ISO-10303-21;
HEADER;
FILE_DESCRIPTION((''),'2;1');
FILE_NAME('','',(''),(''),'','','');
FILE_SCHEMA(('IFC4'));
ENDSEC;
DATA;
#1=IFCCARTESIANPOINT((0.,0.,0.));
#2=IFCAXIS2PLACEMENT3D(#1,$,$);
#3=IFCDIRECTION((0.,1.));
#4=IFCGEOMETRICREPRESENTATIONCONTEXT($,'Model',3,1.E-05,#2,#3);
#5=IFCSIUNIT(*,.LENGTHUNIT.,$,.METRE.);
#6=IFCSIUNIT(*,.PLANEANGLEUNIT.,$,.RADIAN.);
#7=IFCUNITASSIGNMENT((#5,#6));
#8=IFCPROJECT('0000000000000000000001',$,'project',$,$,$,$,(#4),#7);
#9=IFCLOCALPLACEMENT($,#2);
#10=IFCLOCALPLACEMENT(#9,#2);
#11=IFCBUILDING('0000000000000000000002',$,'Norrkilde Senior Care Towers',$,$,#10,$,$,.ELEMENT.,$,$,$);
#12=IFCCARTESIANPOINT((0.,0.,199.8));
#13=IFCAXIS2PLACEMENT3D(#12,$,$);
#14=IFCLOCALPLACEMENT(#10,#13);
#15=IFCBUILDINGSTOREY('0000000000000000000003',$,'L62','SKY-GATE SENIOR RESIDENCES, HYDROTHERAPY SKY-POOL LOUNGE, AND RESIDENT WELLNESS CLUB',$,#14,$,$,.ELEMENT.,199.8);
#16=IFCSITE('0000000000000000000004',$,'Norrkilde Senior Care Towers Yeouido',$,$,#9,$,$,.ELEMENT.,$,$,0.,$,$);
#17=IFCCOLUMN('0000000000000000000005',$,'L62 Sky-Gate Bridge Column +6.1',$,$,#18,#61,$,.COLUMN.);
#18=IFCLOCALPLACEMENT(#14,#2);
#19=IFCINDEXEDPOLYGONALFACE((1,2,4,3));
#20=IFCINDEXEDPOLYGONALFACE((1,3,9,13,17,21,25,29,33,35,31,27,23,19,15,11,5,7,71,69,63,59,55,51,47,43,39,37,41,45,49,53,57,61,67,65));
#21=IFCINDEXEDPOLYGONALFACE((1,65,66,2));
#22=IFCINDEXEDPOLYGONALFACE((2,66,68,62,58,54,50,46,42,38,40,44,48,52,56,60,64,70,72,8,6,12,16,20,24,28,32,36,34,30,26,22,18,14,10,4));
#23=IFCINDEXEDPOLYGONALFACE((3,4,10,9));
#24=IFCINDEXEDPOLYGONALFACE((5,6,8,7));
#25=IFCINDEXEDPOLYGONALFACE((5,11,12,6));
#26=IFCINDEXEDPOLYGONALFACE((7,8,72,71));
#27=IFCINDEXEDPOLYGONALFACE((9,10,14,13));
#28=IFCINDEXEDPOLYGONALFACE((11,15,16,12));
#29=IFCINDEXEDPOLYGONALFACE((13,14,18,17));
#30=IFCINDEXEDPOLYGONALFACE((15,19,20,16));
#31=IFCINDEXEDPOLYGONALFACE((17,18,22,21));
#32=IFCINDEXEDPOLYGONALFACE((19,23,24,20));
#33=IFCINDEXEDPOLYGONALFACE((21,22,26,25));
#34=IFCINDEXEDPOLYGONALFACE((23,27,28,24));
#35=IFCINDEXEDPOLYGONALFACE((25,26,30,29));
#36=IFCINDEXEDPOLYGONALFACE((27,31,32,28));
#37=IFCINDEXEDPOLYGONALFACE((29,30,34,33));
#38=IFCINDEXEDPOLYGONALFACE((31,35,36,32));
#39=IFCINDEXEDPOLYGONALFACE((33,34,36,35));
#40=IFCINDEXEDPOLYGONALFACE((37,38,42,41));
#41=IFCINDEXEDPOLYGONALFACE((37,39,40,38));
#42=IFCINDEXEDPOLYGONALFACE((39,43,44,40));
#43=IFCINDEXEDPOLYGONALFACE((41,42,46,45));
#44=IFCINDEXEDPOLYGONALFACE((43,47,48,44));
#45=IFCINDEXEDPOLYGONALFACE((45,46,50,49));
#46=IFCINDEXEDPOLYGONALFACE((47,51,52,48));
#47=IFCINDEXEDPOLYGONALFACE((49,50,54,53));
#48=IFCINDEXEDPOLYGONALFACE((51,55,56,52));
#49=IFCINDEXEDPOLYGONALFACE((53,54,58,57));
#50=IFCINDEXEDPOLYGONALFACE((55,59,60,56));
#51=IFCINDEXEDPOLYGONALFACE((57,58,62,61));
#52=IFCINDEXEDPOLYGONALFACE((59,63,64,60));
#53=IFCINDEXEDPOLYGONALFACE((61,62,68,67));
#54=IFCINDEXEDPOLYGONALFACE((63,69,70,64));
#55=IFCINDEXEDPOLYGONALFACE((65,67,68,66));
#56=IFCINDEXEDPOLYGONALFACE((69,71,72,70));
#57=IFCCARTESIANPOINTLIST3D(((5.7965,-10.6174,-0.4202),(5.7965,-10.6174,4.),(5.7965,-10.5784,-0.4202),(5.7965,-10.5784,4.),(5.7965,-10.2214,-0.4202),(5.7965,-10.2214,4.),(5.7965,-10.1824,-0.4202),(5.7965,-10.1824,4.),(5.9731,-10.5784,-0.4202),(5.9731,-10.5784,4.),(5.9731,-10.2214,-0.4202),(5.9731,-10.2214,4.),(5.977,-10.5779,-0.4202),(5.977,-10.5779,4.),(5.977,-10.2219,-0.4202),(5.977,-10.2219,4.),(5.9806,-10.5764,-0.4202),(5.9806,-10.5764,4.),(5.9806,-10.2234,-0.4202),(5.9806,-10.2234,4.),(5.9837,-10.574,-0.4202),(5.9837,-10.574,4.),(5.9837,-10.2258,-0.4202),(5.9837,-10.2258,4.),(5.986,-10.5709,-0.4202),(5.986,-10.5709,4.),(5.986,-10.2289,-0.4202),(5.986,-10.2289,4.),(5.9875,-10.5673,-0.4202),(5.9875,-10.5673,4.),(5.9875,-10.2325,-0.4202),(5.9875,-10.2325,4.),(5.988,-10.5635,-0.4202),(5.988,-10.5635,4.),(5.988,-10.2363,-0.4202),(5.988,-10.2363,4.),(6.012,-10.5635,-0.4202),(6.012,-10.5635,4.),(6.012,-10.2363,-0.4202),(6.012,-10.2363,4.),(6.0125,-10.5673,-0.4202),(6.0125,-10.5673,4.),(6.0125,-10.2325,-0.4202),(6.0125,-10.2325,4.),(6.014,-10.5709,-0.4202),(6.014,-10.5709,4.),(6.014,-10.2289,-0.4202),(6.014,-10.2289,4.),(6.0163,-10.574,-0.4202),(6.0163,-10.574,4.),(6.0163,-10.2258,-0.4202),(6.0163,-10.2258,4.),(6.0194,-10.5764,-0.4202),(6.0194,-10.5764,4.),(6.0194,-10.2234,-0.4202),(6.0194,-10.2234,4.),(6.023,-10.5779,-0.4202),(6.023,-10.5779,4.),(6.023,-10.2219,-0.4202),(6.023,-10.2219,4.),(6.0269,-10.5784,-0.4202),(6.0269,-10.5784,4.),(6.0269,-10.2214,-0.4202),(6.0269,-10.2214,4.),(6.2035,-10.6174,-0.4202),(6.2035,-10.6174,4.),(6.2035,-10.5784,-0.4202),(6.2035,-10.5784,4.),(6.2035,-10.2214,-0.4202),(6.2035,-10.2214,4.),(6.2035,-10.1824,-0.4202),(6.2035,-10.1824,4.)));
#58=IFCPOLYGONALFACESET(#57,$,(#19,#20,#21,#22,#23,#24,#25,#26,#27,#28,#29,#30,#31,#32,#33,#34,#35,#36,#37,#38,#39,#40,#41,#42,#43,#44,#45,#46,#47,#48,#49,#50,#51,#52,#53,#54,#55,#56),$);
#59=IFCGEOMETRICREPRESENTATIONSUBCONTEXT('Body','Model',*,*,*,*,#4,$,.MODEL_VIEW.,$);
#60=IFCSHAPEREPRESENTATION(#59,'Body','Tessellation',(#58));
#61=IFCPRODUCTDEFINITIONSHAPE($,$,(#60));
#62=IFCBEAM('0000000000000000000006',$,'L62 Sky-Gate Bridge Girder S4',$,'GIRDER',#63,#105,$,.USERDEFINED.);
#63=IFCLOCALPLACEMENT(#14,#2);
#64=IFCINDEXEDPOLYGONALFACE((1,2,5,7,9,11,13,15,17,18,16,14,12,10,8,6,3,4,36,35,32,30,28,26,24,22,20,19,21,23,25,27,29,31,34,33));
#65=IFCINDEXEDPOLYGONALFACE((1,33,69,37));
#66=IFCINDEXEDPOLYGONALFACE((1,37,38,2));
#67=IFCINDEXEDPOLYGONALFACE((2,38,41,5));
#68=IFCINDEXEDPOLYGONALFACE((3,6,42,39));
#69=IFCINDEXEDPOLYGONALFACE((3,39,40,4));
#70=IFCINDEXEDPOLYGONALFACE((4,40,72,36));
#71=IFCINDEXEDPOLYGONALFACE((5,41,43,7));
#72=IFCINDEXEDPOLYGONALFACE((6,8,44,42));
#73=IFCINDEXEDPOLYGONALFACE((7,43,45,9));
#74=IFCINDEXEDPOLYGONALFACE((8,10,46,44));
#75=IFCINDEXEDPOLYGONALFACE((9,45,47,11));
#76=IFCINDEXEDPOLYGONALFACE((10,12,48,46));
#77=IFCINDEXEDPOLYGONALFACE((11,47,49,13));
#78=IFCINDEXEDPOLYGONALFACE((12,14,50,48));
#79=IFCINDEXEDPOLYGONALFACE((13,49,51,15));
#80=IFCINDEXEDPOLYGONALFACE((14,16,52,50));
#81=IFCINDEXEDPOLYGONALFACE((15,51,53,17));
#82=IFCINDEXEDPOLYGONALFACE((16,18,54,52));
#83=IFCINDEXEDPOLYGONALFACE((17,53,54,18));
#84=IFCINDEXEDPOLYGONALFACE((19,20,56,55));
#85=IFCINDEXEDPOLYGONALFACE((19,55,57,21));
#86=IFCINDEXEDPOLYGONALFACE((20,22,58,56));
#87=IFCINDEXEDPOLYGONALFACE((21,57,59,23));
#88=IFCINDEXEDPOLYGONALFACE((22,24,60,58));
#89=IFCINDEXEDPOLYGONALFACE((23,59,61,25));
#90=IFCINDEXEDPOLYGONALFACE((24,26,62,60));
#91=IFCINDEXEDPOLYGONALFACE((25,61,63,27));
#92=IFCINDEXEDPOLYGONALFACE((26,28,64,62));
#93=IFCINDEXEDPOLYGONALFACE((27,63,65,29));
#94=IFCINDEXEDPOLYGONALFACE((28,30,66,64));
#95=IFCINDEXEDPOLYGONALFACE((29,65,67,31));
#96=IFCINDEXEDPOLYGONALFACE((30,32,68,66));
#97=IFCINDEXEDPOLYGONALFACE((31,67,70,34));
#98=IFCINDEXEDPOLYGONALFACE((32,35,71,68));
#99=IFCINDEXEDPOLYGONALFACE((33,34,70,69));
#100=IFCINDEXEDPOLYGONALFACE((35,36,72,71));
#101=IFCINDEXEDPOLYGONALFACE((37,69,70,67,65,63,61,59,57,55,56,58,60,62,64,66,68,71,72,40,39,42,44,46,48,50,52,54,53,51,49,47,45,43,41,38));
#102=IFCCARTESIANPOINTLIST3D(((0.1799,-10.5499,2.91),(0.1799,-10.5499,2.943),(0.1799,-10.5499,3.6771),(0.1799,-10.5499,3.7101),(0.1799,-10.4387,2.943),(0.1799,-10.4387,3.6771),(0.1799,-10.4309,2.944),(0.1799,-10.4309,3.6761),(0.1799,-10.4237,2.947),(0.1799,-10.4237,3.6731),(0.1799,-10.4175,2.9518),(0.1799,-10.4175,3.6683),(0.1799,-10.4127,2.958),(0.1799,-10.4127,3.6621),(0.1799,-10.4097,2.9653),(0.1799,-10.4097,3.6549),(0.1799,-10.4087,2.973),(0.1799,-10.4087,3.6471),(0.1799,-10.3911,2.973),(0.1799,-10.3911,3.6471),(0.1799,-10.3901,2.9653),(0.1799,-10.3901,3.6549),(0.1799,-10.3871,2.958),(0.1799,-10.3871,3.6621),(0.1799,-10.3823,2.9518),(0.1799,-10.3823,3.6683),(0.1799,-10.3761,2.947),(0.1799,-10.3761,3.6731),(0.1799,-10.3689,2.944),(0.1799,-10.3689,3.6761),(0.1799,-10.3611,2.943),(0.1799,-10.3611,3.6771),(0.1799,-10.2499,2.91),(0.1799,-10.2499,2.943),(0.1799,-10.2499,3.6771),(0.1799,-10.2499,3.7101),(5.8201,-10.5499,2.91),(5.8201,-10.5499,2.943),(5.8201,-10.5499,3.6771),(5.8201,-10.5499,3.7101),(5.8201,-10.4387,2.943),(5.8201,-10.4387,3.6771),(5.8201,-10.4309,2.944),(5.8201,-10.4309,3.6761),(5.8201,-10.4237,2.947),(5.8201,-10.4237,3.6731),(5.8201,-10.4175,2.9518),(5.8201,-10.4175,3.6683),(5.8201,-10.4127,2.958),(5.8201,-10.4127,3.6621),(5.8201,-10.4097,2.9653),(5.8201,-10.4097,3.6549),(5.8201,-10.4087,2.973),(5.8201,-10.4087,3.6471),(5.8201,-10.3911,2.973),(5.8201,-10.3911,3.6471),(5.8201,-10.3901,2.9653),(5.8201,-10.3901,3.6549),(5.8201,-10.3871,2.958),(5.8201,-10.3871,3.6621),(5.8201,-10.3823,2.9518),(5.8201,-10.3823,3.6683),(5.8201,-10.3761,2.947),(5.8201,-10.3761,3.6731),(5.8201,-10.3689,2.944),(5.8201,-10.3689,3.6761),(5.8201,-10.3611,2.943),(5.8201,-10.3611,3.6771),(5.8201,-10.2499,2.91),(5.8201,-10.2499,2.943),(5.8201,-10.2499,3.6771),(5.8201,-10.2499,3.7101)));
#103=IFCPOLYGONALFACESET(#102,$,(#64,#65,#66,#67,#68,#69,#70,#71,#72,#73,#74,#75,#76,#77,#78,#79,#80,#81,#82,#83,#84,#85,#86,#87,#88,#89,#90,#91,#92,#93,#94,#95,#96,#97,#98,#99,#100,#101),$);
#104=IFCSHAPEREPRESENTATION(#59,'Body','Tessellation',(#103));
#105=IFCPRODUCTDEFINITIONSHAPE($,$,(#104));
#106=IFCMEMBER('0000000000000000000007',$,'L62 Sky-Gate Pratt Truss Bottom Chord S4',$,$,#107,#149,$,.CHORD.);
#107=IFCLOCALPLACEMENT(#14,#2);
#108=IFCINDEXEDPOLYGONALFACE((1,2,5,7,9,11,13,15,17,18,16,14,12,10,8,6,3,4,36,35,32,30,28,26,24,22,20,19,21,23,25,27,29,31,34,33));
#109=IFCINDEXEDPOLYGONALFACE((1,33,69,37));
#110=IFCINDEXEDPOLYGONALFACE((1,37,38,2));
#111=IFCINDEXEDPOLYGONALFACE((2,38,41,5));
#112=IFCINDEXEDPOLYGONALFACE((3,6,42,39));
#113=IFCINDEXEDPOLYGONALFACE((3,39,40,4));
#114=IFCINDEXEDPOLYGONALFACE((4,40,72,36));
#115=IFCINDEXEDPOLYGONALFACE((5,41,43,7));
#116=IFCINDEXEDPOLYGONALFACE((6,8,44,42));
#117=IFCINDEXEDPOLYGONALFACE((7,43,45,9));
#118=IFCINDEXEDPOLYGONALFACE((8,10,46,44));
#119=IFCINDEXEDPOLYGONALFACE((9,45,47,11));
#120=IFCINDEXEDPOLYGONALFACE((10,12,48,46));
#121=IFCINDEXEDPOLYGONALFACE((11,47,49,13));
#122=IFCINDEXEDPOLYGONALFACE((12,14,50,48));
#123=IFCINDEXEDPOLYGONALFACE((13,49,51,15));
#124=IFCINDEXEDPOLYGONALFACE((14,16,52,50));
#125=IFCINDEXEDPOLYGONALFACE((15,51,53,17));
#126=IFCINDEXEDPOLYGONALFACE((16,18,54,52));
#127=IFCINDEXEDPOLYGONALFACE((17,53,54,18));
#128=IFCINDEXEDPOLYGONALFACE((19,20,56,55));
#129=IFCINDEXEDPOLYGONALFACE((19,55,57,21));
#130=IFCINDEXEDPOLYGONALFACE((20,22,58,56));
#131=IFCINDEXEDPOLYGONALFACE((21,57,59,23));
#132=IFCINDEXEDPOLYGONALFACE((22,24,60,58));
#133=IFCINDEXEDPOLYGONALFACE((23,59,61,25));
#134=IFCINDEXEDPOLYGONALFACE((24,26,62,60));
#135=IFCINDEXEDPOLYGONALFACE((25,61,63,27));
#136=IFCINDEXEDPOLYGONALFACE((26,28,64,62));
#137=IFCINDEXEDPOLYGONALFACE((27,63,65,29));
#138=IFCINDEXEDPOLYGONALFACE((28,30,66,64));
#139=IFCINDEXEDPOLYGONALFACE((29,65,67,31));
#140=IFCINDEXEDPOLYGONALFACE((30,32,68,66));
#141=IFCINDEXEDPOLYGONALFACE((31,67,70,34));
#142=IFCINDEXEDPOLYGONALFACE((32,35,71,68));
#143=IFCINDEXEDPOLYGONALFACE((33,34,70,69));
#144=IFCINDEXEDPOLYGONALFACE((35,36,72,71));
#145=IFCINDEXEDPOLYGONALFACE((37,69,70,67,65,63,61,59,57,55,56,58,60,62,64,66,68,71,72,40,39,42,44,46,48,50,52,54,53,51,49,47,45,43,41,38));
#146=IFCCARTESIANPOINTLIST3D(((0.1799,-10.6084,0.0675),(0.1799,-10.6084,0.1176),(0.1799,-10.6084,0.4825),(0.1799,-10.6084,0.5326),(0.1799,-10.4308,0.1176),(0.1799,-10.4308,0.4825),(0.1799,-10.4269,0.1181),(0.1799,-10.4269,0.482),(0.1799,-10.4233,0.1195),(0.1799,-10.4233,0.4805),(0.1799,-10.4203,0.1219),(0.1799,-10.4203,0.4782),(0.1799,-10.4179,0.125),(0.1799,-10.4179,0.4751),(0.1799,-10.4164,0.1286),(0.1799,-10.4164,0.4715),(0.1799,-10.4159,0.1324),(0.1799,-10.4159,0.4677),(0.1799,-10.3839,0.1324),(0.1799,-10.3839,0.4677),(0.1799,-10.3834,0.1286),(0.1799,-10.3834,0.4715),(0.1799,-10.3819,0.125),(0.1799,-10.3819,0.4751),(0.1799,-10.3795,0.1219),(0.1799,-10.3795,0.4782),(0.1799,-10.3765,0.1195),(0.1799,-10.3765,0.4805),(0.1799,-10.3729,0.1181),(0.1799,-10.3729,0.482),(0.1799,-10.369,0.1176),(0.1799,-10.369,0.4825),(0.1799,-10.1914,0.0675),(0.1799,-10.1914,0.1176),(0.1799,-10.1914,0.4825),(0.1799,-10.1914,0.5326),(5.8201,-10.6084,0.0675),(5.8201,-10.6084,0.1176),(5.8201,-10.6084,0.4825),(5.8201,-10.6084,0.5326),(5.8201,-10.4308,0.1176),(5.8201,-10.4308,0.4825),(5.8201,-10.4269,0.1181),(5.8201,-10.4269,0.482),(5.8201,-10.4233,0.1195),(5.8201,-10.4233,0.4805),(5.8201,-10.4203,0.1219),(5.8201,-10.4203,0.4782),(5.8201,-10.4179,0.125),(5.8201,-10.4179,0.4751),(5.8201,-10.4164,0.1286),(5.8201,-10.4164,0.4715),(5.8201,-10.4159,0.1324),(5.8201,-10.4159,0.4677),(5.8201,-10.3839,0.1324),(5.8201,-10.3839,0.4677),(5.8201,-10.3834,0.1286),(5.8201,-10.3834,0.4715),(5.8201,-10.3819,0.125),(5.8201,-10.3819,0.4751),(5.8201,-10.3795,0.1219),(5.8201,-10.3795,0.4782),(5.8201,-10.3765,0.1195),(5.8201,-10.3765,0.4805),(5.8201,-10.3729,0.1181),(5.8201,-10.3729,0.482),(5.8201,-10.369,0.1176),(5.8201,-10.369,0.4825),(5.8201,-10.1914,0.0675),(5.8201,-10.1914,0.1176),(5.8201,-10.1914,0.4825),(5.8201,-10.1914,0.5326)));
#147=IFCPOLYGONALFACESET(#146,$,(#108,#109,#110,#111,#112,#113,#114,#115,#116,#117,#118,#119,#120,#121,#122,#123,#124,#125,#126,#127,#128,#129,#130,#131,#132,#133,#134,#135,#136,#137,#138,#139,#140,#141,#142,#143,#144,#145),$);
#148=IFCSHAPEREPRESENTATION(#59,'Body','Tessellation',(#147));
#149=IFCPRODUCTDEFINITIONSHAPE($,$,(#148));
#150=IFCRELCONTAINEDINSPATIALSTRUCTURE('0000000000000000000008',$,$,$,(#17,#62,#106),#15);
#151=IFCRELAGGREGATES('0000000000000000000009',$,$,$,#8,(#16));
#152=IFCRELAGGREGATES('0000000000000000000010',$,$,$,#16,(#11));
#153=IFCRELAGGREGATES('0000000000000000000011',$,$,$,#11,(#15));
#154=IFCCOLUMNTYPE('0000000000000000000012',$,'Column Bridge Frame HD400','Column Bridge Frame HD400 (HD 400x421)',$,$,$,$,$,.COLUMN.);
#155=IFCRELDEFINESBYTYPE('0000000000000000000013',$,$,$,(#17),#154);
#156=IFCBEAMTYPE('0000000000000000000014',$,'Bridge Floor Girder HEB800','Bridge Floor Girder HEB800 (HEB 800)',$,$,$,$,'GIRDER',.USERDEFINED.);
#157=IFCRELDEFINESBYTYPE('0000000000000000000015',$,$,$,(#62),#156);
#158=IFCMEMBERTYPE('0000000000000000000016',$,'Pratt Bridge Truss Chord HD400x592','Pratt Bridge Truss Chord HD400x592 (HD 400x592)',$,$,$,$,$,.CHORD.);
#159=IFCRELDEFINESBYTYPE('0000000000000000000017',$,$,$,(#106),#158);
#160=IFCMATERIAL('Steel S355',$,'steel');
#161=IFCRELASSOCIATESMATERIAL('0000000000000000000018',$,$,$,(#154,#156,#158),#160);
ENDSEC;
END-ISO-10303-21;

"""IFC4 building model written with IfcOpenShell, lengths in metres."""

from ifc_helpers import new_model, si_unit, direction, frame, origin, origin_2d, place, context, subcontext, project, spatial, i_section, extrude, source, transform, mapped, material, material_profile, profile_set, type_object, type_shapes, element, save


model = new_model("IFC4")

# Units and contexts
model_context = context("Model", 3, precision=1e-05, world=origin(), true_north=direction((0.0, 1.0)))
body_context = subcontext(model_context, "Body", "Model", "MODEL_VIEW")
ifc_project = project(units=[si_unit("LENGTHUNIT", "METRE"), si_unit("PLANEANGLEUNIT", "RADIAN")], contexts=[model_context])

# Site, building, storey
site_placement = place(None, origin())
site = spatial("IfcSite", under=ifc_project, at=site_placement, Name="Norrkilde Senior Care Towers Yeouido", CompositionType="ELEMENT", RefElevation=0.0)
building_placement = place(site_placement, origin())
building = spatial("IfcBuilding", under=site, at=building_placement, Name="Norrkilde Senior Care Towers", CompositionType="ELEMENT")
storey_placement = place(building_placement, frame((0.0, 0.0, 199.8)))
storey = spatial("IfcBuildingStorey", under=building, at=storey_placement, Name="L62", Description="SKY-GATE SENIOR RESIDENCES, HYDROTHERAPY SKY-POOL LOUNGE, AND RESIDENT WELLNESS CLUB", CompositionType="ELEMENT", Elevation=199.8)

# Column
ifc_material_1 = material(Name="Steel S355", Category="steel")
ifc_material_profile_1 = material_profile(ifc_material_1, i_section(OverallWidth=0.407, OverallDepth=0.4351, WebThickness=0.0239, FlangeThickness=0.0391, FilletRadius=0.0149, at=origin_2d()), Name="HD 400x421")
ifc_profile_set_1 = profile_set([ifc_material_profile_1], Name="Steel S355")
column_type = type_object("IfcColumnType", Name="Column Bridge Frame HD400", Description="Column Bridge Frame HD400 (HD 400x421)", PredefinedType="COLUMN", material=ifc_profile_set_1)
shared_shape_1 = source(origin(), body_context, "Body", "SweptSolid", [
    extrude(i_section(OverallWidth=0.407, OverallDepth=0.4351, WebThickness=0.0239, FlangeThickness=0.0391, FilletRadius=0.0149, at=origin_2d()), origin(), (0.0, 0.0, 1.0), 4.4202),
])
type_shapes(column_type, [shared_shape_1])
column_placement = place(storey_placement, frame((6.0, -10.3999, -0.4202), z_axis=(0.0, 0.0, 1.0), x_axis=(1.0, 0.0, 0.0)))
element("IfcColumn", 1, at=column_placement, inside=storey, type_object=column_type, Name="L62 Sky-Gate Bridge Column +6.1", PredefinedType="COLUMN", context=body_context, shape_type="MappedRepresentation", body=[
    mapped(shared_shape_1, transform((0.0, 0.0, 0.0), x_axis=(1.0, 0.0, 0.0), y_axis=(0.0, 1.0, 0.0), z_axis=(0.0, 0.0, 1.0), scale=1.0)),
])

# Beam
ifc_material_profile_2 = material_profile(ifc_material_1, i_section(OverallWidth=0.3, OverallDepth=0.8, WebThickness=0.0176, FlangeThickness=0.033, FilletRadius=0.03, at=origin_2d()), Name="HEB 800")
ifc_profile_set_2 = profile_set([ifc_material_profile_2], Name="Steel S355")
beam_type = type_object("IfcBeamType", Name="Bridge Floor Girder HEB800", Description="Bridge Floor Girder HEB800 (HEB 800)", ElementType="GIRDER", PredefinedType="USERDEFINED", material=ifc_profile_set_2)
shared_shape_2 = source(origin(), body_context, "Body", "SweptSolid", [
    extrude(i_section(OverallWidth=0.3, OverallDepth=0.8, WebThickness=0.0176, FlangeThickness=0.033, FilletRadius=0.03, at=origin_2d()), origin(), (0.0, 0.0, 1.0), 5.6401),
])
type_shapes(beam_type, [shared_shape_2])
beam_placement = place(storey_placement, frame((0.1799, -10.3999, 3.3101), z_axis=(1.0, 0.0, 0.0), x_axis=(0.0, 1.0, 0.0)))
element("IfcBeam", 2, at=beam_placement, inside=storey, type_object=beam_type, Name="L62 Sky-Gate Bridge Girder S4", ObjectType="GIRDER", PredefinedType="USERDEFINED", context=body_context, shape_type="MappedRepresentation", body=[
    mapped(shared_shape_2, transform((0.0, 0.0, 0.0), x_axis=(1.0, 0.0, 0.0), y_axis=(0.0, 1.0, 0.0), z_axis=(0.0, 0.0, 1.0), scale=1.0)),
])

# Member
ifc_material_profile_3 = material_profile(ifc_material_1, i_section(OverallWidth=0.417, OverallDepth=0.4651, WebThickness=0.032, FlangeThickness=0.05, FilletRadius=0.0149, at=origin_2d()), Name="HD 400x592")
ifc_profile_set_3 = profile_set([ifc_material_profile_3], Name="Steel S355")
member_type_1 = type_object("IfcMemberType", Name="Pratt Bridge Truss Chord HD400x592", Description="Pratt Bridge Truss Chord HD400x592 (HD 400x592)", PredefinedType="CHORD", material=ifc_profile_set_3)
shared_shape_3 = source(origin(), body_context, "Body", "SweptSolid", [
    extrude(i_section(OverallWidth=0.417, OverallDepth=0.4651, WebThickness=0.032, FlangeThickness=0.05, FilletRadius=0.0149, at=origin_2d()), origin(), (0.0, 0.0, 1.0), 5.6401),
])
type_shapes(member_type_1, [shared_shape_3])
member_1_placement = place(storey_placement, frame((0.1799, -10.3999, 0.3), z_axis=(1.0, 0.0, 0.0), x_axis=(0.0, 1.0, 0.0)))
element("IfcMember", 3, at=member_1_placement, inside=storey, type_object=member_type_1, Name="L62 Sky-Gate Pratt Truss Bottom Chord S4", PredefinedType="CHORD", context=body_context, shape_type="MappedRepresentation", body=[
    mapped(shared_shape_3, transform((0.0, 0.0, 0.0), x_axis=(1.0, 0.0, 0.0), y_axis=(0.0, 1.0, 0.0), z_axis=(0.0, 0.0, 1.0), scale=1.0)),
])

save(model, "model.ifc")
